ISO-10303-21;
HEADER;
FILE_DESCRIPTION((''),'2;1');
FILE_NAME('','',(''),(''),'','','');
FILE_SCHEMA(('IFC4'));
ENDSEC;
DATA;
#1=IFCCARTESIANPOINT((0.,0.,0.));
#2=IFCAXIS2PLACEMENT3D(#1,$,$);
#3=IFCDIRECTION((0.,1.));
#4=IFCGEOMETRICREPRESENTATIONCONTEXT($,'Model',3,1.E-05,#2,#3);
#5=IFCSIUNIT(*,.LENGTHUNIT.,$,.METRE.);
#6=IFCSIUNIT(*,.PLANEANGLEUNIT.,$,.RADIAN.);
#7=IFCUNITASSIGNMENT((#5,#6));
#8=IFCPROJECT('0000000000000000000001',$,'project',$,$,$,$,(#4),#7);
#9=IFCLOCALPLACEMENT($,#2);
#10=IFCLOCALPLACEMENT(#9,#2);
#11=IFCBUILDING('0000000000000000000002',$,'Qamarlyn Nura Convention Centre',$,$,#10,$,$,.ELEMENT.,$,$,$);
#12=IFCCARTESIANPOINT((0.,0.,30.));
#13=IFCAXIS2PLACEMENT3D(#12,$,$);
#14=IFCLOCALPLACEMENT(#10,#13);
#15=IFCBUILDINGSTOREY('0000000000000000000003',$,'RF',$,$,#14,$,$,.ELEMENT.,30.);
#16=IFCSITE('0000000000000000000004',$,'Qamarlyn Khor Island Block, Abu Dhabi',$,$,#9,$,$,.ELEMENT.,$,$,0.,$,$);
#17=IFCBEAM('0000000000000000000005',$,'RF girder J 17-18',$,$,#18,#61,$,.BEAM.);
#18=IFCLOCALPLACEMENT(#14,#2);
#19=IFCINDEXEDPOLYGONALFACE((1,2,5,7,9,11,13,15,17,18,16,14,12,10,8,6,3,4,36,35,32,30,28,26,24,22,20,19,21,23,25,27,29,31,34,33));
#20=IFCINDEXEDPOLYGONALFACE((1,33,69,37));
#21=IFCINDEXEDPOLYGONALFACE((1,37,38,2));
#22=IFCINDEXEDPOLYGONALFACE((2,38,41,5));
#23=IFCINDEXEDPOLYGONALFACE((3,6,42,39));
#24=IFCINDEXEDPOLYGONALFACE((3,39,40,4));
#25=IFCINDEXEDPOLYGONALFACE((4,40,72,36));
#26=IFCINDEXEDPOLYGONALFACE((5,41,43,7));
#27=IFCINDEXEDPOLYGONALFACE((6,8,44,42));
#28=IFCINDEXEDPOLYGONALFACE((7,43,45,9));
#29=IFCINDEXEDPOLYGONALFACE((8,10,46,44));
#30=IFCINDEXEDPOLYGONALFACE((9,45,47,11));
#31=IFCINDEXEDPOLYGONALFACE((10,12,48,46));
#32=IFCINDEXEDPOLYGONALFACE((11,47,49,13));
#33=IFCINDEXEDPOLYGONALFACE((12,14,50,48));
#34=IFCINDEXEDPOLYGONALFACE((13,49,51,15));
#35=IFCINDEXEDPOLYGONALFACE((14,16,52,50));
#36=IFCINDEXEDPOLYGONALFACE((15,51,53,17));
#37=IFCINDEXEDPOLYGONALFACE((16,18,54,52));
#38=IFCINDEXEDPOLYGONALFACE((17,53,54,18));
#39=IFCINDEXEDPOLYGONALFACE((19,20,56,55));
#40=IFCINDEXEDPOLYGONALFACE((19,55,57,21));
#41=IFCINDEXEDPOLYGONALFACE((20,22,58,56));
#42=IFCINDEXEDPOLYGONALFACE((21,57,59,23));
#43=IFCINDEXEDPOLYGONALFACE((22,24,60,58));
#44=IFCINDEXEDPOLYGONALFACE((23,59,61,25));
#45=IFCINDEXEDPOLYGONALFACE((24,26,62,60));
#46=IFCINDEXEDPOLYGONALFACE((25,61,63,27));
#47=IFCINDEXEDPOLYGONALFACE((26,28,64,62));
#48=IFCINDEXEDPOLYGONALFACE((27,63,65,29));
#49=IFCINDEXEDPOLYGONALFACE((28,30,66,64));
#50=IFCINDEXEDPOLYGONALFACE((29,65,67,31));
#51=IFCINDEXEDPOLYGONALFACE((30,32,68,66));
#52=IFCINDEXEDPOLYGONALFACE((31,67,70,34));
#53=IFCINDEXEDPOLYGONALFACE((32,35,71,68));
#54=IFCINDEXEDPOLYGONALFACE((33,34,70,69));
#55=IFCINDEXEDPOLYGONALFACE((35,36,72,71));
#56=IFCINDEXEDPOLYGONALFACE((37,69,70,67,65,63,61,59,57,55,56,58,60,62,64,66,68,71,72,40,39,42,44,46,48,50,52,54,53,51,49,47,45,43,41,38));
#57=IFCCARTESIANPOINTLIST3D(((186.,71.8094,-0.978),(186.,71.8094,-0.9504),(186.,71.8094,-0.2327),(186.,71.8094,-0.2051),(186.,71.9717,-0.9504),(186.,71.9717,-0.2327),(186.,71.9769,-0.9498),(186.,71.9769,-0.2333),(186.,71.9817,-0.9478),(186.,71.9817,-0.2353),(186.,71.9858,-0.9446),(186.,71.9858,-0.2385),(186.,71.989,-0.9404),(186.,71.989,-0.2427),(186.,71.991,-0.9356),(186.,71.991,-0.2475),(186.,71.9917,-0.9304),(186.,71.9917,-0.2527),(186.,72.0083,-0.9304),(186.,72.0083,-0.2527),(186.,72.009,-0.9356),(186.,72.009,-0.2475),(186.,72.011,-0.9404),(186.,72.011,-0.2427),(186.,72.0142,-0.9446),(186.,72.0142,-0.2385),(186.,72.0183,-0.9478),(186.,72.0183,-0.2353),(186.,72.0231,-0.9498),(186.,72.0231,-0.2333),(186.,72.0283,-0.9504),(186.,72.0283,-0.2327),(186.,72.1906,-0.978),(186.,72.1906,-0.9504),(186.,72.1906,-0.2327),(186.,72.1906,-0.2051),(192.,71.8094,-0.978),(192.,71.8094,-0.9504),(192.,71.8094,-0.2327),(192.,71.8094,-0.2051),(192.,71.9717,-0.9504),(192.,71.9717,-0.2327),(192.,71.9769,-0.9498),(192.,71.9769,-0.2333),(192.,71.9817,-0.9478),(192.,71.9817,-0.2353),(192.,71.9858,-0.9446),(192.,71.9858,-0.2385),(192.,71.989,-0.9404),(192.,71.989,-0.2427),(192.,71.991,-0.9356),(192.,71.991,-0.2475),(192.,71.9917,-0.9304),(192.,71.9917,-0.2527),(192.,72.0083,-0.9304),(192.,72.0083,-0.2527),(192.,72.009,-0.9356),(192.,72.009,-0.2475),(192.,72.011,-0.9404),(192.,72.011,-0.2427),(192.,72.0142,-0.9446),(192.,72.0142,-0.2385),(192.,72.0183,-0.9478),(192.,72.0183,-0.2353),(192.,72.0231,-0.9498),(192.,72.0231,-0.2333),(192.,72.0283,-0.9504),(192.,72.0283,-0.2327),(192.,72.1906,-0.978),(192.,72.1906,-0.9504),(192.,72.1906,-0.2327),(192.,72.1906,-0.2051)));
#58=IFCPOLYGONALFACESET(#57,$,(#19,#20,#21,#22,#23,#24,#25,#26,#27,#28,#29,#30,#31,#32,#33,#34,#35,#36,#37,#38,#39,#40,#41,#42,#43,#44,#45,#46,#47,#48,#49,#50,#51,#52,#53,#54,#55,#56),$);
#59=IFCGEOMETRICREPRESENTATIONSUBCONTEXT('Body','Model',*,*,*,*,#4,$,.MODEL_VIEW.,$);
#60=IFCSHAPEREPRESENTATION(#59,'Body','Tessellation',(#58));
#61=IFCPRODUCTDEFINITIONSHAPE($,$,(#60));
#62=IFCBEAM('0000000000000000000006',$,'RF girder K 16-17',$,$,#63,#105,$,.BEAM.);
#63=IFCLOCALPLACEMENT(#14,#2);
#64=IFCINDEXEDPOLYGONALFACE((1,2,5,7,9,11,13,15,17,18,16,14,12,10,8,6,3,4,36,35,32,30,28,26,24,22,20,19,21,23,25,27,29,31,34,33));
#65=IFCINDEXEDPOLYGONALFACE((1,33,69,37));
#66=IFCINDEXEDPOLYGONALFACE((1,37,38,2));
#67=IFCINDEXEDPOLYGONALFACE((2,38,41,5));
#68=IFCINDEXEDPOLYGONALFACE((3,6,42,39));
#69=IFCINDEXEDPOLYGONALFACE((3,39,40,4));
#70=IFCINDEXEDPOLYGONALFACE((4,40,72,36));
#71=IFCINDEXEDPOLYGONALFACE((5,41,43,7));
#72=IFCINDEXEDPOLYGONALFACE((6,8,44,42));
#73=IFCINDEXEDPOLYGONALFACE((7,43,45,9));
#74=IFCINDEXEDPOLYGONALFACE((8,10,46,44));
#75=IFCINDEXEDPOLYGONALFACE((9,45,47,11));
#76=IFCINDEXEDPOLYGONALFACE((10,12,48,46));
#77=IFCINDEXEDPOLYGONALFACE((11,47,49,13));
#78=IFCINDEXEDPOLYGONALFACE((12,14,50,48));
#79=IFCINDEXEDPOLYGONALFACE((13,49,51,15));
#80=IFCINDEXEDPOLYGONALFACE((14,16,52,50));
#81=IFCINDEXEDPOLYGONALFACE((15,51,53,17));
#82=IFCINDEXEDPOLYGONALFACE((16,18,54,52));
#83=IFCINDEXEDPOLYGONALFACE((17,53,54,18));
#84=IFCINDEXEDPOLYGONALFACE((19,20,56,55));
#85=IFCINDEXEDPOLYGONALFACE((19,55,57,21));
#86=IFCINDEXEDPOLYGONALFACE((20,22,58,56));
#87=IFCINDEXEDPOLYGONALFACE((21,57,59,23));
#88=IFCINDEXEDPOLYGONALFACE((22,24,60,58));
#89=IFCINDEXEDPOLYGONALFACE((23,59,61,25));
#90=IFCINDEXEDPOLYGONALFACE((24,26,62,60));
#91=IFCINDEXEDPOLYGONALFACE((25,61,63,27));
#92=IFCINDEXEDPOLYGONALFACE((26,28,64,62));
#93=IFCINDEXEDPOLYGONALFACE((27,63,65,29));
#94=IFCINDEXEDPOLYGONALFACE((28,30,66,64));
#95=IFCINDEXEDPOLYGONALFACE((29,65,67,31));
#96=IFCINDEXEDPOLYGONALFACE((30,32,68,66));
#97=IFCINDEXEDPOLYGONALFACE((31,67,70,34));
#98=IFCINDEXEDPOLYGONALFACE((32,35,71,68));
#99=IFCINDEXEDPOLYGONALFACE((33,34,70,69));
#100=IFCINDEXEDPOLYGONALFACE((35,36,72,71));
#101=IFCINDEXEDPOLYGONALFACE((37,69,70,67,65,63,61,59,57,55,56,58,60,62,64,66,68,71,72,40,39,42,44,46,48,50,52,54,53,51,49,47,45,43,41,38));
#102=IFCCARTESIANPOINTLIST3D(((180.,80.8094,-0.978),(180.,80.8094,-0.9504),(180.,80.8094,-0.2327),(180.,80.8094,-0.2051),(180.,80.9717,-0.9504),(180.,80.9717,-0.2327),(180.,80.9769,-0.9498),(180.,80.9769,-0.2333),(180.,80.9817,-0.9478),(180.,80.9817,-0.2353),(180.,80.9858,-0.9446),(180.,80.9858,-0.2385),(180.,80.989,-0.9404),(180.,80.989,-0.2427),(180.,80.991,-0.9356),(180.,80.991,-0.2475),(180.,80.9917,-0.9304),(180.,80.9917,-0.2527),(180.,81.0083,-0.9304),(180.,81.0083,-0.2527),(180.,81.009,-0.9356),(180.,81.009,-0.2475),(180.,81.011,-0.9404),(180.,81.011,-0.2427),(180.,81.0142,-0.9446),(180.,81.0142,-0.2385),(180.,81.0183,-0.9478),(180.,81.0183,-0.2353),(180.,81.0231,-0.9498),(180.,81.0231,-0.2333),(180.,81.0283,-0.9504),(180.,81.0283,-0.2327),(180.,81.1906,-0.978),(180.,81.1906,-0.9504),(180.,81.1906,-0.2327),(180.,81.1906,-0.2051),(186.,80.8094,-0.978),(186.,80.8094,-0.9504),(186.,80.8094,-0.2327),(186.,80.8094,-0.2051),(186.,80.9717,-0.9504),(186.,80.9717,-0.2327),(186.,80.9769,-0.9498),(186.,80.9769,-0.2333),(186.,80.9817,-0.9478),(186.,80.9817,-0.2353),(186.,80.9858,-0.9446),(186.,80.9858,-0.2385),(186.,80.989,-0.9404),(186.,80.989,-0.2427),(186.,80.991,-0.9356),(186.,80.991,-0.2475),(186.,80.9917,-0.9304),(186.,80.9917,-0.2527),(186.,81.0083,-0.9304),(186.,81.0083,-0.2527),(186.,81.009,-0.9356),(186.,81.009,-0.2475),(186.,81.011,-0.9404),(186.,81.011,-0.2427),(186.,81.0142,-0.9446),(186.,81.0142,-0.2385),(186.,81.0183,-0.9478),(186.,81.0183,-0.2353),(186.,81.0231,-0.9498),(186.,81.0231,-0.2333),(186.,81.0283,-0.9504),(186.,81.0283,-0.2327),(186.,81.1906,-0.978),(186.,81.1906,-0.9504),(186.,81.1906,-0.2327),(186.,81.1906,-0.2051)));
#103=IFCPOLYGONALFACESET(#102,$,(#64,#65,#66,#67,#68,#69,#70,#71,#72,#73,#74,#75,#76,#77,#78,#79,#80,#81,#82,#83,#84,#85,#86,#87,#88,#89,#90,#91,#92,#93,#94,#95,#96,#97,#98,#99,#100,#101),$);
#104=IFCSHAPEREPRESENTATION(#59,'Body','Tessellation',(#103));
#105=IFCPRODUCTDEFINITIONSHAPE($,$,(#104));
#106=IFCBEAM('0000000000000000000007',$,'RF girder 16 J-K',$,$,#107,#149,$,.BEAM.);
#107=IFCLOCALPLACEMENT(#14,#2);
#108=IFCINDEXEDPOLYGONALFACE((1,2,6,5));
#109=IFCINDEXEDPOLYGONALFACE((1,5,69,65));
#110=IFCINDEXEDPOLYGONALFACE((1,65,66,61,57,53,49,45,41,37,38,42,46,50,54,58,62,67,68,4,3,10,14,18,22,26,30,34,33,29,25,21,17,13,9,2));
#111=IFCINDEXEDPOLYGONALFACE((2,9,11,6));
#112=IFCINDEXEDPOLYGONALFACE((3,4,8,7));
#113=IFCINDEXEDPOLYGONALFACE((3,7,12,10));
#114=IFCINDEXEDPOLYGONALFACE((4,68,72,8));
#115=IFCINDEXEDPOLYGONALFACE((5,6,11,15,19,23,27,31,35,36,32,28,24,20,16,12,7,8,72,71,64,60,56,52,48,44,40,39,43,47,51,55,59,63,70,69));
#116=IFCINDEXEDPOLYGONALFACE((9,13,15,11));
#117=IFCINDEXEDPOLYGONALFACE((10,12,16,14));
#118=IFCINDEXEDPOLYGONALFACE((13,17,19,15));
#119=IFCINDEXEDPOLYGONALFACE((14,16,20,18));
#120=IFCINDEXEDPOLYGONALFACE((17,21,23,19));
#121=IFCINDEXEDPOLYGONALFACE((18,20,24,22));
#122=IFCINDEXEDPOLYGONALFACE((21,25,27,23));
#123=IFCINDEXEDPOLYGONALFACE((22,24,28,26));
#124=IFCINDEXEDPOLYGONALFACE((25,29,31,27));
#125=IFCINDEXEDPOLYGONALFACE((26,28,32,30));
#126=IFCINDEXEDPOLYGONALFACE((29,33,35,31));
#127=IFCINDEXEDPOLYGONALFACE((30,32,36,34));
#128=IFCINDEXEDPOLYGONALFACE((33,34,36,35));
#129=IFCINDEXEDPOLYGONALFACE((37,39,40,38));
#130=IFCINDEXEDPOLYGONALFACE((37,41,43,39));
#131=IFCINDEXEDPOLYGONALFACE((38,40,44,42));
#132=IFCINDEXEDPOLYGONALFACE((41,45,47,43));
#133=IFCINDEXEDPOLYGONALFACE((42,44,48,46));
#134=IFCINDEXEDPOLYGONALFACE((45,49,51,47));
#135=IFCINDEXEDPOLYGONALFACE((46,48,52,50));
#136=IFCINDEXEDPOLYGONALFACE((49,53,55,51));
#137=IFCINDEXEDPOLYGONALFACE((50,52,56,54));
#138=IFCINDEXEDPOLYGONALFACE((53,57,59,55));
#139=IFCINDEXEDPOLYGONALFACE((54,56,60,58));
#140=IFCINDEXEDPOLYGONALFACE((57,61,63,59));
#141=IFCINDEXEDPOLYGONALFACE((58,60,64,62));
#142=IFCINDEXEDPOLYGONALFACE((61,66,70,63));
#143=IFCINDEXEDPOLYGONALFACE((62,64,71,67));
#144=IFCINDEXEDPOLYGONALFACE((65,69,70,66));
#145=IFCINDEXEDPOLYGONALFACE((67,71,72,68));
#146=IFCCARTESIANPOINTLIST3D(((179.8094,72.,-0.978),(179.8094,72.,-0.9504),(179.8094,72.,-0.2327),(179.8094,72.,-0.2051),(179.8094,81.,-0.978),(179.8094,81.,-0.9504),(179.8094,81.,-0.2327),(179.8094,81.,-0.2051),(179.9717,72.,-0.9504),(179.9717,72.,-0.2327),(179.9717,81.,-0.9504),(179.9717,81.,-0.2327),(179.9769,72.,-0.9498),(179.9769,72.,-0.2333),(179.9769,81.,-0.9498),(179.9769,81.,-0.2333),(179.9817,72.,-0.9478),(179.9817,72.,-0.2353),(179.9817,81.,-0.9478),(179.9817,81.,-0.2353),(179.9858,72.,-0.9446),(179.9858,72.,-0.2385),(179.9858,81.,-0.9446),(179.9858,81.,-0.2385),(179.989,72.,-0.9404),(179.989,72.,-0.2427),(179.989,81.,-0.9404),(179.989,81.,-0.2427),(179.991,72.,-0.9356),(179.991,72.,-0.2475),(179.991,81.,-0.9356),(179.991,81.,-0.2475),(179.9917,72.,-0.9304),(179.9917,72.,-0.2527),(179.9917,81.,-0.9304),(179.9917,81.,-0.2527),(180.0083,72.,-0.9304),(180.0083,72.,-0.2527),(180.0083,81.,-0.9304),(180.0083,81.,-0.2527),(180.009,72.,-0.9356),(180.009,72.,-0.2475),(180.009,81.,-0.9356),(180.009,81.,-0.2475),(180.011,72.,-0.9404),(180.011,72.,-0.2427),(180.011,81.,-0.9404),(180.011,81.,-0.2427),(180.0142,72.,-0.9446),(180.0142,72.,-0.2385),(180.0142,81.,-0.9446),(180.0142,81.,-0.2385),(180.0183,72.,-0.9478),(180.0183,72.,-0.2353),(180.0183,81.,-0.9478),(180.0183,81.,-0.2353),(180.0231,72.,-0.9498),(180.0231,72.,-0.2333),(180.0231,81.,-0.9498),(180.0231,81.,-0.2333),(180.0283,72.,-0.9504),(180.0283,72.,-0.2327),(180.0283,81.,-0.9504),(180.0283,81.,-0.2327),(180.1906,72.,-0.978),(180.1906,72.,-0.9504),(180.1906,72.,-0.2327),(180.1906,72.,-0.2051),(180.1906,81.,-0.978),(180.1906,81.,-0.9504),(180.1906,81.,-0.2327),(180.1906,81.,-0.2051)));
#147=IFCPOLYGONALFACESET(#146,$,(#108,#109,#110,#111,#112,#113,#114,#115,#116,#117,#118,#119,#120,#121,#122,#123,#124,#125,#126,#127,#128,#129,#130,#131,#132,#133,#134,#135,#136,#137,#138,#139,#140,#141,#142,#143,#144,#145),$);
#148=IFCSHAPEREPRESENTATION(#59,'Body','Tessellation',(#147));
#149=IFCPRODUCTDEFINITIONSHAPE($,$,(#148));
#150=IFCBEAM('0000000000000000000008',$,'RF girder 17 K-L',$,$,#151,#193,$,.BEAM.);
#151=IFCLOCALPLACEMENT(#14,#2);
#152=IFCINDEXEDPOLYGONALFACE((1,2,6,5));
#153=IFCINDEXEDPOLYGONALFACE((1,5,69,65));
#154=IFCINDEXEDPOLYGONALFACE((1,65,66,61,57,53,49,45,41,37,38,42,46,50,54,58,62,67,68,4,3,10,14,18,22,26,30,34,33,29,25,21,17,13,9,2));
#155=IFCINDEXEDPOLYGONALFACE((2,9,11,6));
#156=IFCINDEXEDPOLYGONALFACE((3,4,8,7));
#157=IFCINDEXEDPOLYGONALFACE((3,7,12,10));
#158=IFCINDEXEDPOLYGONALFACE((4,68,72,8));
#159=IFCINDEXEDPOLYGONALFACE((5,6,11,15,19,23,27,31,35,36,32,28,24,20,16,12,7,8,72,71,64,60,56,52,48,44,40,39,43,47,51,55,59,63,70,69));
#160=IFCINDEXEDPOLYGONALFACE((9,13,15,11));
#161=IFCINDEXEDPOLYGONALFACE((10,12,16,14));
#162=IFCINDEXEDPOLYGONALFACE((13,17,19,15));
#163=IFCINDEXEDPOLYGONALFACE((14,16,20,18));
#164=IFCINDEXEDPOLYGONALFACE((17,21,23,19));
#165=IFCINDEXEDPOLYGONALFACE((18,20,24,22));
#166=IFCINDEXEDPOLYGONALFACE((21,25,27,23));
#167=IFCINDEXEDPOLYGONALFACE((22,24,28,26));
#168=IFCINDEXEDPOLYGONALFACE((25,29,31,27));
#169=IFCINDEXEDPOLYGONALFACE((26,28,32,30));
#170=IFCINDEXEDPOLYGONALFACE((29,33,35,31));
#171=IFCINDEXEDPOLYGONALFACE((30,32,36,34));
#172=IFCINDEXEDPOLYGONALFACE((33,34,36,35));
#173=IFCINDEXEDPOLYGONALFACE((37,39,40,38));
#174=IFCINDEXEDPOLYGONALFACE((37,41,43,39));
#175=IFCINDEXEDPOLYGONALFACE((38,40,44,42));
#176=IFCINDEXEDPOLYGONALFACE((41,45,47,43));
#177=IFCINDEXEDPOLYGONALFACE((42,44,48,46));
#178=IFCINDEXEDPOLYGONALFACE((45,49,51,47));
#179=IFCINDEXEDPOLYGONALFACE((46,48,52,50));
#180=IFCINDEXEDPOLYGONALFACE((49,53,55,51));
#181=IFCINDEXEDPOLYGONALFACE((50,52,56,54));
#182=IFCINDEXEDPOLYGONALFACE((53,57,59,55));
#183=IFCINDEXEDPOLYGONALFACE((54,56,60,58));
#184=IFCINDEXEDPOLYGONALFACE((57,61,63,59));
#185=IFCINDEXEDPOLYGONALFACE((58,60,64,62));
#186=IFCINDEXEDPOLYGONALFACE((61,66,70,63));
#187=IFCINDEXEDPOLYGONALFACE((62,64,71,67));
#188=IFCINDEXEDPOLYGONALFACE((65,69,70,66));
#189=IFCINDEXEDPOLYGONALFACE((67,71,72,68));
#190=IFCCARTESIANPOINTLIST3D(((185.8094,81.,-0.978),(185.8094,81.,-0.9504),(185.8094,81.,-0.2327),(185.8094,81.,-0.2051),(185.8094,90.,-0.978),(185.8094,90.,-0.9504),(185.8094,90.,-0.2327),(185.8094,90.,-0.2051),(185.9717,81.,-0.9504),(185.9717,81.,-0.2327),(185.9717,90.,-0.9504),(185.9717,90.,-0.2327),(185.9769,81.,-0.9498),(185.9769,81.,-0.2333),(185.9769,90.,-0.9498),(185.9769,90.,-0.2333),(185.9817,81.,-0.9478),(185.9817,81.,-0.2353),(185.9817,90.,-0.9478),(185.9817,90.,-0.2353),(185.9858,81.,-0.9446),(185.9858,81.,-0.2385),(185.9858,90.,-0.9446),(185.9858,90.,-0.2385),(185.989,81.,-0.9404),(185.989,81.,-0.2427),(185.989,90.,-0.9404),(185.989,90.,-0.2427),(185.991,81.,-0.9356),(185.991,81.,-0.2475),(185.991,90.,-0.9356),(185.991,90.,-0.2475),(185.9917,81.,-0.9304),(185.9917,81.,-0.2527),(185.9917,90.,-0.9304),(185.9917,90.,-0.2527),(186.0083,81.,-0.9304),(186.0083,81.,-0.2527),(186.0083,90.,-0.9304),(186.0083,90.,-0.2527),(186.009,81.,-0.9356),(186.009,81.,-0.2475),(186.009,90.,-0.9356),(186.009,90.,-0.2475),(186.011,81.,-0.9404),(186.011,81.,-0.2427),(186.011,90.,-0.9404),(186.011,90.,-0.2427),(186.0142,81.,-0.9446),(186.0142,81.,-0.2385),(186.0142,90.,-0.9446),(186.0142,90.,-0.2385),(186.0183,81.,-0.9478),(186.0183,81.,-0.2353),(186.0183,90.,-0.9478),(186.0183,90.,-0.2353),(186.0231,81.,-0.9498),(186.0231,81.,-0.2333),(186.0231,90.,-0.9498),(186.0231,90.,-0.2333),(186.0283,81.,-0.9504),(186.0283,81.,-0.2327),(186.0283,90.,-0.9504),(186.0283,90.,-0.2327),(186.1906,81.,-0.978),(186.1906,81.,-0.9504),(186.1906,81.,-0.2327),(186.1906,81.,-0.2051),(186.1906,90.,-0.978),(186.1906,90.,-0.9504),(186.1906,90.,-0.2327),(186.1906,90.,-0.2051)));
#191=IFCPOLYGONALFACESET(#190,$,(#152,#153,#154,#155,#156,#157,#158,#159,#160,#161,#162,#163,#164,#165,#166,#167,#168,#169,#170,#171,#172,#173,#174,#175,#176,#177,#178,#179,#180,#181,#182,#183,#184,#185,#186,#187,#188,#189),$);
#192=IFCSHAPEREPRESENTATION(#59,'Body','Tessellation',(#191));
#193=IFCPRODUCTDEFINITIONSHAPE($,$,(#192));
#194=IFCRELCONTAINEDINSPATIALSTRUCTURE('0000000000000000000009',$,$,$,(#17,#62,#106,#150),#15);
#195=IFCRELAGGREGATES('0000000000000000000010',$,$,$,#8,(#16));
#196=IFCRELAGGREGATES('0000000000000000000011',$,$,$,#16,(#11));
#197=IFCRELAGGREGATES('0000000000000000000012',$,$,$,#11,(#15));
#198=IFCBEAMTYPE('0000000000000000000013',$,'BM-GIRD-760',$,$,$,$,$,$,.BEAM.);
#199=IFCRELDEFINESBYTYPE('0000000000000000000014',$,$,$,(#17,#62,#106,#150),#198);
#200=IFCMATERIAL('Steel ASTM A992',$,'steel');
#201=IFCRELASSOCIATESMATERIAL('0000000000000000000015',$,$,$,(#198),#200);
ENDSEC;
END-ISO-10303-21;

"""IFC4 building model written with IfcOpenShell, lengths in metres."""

from ifc_helpers import new_model, si_unit, direction, frame, origin, origin_2d, place, context, subcontext, project, spatial, i_section, extrude, material, material_profile, profile_set, type_object, element, save


model = new_model("IFC4")

# Units and contexts
model_context = context("Model", 3, precision=1e-05, world=origin(), true_north=direction((0.0, 1.0)))
body_context = subcontext(model_context, "Body", "Model", "MODEL_VIEW")
ifc_project = project(units=[si_unit("LENGTHUNIT", "METRE"), si_unit("PLANEANGLEUNIT", "RADIAN")], contexts=[model_context])

# Site, building, storey
site_placement = place(None, origin())
site = spatial("IfcSite", under=ifc_project, at=site_placement, Name="Qamarlyn Khor Island Block, Abu Dhabi", CompositionType="ELEMENT", RefElevation=0.0)
building_placement = place(site_placement, origin())
building = spatial("IfcBuilding", under=site, at=building_placement, Name="Qamarlyn Nura Convention Centre", CompositionType="ELEMENT")
storey_placement = place(building_placement, frame((0.0, 0.0, 30.0)))
storey = spatial("IfcBuildingStorey", under=building, at=storey_placement, Name="RF", CompositionType="ELEMENT", Elevation=30.0)

# Beams
ifc_material_1 = material(Name="Steel ASTM A992", Category="steel")
ifc_material_profile_1 = material_profile(ifc_material_1, i_section(OverallWidth=0.3811, OverallDepth=0.7729, WebThickness=0.0166, FlangeThickness=0.0276, FilletRadius=0.02, at=origin_2d()), Name="W760X257")
ifc_profile_set_1 = profile_set([ifc_material_profile_1], Name="Steel ASTM A992")
beam_type_1 = type_object("IfcBeamType", Name="BM-GIRD-760", PredefinedType="BEAM", material=ifc_profile_set_1)
for number, where, z_axis, x_axis, name in (
    (1, (186.0, 72.0, -0.5916), (1.0, 0.0, 0.0), (0.0, 1.0, 0.0), "RF girder J 17-18"),
    (2, (180.0, 81.0, -0.5916), (1.0, 0.0, 0.0), (0.0, 1.0, 0.0), "RF girder K 16-17"),
):
    element("IfcBeam", number, at=place(storey_placement, frame(where, z_axis=z_axis, x_axis=x_axis)), inside=storey, type_object=beam_type_1, Name=name, PredefinedType="BEAM", context=body_context, shape_type="SweptSolid", body=[
        extrude(i_section(OverallWidth=0.3811, OverallDepth=0.7729, WebThickness=0.0166, FlangeThickness=0.0276, FilletRadius=0.02, at=origin_2d()), origin(), (0.0, 0.0, 1.0), 6.0),
    ])
for number, where, z_axis, x_axis, name in (
    (3, (180.0, 72.0, -0.5916), (0.0, 1.0, 0.0), (-1.0, 0.0, 0.0), "RF girder 16 J-K"),
    (4, (186.0, 81.0, -0.5916), (0.0, 1.0, 0.0), (-1.0, 0.0, 0.0), "RF girder 17 K-L"),
):
    element("IfcBeam", number, at=place(storey_placement, frame(where, z_axis=z_axis, x_axis=x_axis)), inside=storey, type_object=beam_type_1, Name=name, PredefinedType="BEAM", context=body_context, shape_type="SweptSolid", body=[
        extrude(i_section(OverallWidth=0.3811, OverallDepth=0.7729, WebThickness=0.0166, FlangeThickness=0.0276, FilletRadius=0.02, at=origin_2d()), origin(), (0.0, 0.0, 1.0), 9.0),
    ])

save(model, "model.ifc")
